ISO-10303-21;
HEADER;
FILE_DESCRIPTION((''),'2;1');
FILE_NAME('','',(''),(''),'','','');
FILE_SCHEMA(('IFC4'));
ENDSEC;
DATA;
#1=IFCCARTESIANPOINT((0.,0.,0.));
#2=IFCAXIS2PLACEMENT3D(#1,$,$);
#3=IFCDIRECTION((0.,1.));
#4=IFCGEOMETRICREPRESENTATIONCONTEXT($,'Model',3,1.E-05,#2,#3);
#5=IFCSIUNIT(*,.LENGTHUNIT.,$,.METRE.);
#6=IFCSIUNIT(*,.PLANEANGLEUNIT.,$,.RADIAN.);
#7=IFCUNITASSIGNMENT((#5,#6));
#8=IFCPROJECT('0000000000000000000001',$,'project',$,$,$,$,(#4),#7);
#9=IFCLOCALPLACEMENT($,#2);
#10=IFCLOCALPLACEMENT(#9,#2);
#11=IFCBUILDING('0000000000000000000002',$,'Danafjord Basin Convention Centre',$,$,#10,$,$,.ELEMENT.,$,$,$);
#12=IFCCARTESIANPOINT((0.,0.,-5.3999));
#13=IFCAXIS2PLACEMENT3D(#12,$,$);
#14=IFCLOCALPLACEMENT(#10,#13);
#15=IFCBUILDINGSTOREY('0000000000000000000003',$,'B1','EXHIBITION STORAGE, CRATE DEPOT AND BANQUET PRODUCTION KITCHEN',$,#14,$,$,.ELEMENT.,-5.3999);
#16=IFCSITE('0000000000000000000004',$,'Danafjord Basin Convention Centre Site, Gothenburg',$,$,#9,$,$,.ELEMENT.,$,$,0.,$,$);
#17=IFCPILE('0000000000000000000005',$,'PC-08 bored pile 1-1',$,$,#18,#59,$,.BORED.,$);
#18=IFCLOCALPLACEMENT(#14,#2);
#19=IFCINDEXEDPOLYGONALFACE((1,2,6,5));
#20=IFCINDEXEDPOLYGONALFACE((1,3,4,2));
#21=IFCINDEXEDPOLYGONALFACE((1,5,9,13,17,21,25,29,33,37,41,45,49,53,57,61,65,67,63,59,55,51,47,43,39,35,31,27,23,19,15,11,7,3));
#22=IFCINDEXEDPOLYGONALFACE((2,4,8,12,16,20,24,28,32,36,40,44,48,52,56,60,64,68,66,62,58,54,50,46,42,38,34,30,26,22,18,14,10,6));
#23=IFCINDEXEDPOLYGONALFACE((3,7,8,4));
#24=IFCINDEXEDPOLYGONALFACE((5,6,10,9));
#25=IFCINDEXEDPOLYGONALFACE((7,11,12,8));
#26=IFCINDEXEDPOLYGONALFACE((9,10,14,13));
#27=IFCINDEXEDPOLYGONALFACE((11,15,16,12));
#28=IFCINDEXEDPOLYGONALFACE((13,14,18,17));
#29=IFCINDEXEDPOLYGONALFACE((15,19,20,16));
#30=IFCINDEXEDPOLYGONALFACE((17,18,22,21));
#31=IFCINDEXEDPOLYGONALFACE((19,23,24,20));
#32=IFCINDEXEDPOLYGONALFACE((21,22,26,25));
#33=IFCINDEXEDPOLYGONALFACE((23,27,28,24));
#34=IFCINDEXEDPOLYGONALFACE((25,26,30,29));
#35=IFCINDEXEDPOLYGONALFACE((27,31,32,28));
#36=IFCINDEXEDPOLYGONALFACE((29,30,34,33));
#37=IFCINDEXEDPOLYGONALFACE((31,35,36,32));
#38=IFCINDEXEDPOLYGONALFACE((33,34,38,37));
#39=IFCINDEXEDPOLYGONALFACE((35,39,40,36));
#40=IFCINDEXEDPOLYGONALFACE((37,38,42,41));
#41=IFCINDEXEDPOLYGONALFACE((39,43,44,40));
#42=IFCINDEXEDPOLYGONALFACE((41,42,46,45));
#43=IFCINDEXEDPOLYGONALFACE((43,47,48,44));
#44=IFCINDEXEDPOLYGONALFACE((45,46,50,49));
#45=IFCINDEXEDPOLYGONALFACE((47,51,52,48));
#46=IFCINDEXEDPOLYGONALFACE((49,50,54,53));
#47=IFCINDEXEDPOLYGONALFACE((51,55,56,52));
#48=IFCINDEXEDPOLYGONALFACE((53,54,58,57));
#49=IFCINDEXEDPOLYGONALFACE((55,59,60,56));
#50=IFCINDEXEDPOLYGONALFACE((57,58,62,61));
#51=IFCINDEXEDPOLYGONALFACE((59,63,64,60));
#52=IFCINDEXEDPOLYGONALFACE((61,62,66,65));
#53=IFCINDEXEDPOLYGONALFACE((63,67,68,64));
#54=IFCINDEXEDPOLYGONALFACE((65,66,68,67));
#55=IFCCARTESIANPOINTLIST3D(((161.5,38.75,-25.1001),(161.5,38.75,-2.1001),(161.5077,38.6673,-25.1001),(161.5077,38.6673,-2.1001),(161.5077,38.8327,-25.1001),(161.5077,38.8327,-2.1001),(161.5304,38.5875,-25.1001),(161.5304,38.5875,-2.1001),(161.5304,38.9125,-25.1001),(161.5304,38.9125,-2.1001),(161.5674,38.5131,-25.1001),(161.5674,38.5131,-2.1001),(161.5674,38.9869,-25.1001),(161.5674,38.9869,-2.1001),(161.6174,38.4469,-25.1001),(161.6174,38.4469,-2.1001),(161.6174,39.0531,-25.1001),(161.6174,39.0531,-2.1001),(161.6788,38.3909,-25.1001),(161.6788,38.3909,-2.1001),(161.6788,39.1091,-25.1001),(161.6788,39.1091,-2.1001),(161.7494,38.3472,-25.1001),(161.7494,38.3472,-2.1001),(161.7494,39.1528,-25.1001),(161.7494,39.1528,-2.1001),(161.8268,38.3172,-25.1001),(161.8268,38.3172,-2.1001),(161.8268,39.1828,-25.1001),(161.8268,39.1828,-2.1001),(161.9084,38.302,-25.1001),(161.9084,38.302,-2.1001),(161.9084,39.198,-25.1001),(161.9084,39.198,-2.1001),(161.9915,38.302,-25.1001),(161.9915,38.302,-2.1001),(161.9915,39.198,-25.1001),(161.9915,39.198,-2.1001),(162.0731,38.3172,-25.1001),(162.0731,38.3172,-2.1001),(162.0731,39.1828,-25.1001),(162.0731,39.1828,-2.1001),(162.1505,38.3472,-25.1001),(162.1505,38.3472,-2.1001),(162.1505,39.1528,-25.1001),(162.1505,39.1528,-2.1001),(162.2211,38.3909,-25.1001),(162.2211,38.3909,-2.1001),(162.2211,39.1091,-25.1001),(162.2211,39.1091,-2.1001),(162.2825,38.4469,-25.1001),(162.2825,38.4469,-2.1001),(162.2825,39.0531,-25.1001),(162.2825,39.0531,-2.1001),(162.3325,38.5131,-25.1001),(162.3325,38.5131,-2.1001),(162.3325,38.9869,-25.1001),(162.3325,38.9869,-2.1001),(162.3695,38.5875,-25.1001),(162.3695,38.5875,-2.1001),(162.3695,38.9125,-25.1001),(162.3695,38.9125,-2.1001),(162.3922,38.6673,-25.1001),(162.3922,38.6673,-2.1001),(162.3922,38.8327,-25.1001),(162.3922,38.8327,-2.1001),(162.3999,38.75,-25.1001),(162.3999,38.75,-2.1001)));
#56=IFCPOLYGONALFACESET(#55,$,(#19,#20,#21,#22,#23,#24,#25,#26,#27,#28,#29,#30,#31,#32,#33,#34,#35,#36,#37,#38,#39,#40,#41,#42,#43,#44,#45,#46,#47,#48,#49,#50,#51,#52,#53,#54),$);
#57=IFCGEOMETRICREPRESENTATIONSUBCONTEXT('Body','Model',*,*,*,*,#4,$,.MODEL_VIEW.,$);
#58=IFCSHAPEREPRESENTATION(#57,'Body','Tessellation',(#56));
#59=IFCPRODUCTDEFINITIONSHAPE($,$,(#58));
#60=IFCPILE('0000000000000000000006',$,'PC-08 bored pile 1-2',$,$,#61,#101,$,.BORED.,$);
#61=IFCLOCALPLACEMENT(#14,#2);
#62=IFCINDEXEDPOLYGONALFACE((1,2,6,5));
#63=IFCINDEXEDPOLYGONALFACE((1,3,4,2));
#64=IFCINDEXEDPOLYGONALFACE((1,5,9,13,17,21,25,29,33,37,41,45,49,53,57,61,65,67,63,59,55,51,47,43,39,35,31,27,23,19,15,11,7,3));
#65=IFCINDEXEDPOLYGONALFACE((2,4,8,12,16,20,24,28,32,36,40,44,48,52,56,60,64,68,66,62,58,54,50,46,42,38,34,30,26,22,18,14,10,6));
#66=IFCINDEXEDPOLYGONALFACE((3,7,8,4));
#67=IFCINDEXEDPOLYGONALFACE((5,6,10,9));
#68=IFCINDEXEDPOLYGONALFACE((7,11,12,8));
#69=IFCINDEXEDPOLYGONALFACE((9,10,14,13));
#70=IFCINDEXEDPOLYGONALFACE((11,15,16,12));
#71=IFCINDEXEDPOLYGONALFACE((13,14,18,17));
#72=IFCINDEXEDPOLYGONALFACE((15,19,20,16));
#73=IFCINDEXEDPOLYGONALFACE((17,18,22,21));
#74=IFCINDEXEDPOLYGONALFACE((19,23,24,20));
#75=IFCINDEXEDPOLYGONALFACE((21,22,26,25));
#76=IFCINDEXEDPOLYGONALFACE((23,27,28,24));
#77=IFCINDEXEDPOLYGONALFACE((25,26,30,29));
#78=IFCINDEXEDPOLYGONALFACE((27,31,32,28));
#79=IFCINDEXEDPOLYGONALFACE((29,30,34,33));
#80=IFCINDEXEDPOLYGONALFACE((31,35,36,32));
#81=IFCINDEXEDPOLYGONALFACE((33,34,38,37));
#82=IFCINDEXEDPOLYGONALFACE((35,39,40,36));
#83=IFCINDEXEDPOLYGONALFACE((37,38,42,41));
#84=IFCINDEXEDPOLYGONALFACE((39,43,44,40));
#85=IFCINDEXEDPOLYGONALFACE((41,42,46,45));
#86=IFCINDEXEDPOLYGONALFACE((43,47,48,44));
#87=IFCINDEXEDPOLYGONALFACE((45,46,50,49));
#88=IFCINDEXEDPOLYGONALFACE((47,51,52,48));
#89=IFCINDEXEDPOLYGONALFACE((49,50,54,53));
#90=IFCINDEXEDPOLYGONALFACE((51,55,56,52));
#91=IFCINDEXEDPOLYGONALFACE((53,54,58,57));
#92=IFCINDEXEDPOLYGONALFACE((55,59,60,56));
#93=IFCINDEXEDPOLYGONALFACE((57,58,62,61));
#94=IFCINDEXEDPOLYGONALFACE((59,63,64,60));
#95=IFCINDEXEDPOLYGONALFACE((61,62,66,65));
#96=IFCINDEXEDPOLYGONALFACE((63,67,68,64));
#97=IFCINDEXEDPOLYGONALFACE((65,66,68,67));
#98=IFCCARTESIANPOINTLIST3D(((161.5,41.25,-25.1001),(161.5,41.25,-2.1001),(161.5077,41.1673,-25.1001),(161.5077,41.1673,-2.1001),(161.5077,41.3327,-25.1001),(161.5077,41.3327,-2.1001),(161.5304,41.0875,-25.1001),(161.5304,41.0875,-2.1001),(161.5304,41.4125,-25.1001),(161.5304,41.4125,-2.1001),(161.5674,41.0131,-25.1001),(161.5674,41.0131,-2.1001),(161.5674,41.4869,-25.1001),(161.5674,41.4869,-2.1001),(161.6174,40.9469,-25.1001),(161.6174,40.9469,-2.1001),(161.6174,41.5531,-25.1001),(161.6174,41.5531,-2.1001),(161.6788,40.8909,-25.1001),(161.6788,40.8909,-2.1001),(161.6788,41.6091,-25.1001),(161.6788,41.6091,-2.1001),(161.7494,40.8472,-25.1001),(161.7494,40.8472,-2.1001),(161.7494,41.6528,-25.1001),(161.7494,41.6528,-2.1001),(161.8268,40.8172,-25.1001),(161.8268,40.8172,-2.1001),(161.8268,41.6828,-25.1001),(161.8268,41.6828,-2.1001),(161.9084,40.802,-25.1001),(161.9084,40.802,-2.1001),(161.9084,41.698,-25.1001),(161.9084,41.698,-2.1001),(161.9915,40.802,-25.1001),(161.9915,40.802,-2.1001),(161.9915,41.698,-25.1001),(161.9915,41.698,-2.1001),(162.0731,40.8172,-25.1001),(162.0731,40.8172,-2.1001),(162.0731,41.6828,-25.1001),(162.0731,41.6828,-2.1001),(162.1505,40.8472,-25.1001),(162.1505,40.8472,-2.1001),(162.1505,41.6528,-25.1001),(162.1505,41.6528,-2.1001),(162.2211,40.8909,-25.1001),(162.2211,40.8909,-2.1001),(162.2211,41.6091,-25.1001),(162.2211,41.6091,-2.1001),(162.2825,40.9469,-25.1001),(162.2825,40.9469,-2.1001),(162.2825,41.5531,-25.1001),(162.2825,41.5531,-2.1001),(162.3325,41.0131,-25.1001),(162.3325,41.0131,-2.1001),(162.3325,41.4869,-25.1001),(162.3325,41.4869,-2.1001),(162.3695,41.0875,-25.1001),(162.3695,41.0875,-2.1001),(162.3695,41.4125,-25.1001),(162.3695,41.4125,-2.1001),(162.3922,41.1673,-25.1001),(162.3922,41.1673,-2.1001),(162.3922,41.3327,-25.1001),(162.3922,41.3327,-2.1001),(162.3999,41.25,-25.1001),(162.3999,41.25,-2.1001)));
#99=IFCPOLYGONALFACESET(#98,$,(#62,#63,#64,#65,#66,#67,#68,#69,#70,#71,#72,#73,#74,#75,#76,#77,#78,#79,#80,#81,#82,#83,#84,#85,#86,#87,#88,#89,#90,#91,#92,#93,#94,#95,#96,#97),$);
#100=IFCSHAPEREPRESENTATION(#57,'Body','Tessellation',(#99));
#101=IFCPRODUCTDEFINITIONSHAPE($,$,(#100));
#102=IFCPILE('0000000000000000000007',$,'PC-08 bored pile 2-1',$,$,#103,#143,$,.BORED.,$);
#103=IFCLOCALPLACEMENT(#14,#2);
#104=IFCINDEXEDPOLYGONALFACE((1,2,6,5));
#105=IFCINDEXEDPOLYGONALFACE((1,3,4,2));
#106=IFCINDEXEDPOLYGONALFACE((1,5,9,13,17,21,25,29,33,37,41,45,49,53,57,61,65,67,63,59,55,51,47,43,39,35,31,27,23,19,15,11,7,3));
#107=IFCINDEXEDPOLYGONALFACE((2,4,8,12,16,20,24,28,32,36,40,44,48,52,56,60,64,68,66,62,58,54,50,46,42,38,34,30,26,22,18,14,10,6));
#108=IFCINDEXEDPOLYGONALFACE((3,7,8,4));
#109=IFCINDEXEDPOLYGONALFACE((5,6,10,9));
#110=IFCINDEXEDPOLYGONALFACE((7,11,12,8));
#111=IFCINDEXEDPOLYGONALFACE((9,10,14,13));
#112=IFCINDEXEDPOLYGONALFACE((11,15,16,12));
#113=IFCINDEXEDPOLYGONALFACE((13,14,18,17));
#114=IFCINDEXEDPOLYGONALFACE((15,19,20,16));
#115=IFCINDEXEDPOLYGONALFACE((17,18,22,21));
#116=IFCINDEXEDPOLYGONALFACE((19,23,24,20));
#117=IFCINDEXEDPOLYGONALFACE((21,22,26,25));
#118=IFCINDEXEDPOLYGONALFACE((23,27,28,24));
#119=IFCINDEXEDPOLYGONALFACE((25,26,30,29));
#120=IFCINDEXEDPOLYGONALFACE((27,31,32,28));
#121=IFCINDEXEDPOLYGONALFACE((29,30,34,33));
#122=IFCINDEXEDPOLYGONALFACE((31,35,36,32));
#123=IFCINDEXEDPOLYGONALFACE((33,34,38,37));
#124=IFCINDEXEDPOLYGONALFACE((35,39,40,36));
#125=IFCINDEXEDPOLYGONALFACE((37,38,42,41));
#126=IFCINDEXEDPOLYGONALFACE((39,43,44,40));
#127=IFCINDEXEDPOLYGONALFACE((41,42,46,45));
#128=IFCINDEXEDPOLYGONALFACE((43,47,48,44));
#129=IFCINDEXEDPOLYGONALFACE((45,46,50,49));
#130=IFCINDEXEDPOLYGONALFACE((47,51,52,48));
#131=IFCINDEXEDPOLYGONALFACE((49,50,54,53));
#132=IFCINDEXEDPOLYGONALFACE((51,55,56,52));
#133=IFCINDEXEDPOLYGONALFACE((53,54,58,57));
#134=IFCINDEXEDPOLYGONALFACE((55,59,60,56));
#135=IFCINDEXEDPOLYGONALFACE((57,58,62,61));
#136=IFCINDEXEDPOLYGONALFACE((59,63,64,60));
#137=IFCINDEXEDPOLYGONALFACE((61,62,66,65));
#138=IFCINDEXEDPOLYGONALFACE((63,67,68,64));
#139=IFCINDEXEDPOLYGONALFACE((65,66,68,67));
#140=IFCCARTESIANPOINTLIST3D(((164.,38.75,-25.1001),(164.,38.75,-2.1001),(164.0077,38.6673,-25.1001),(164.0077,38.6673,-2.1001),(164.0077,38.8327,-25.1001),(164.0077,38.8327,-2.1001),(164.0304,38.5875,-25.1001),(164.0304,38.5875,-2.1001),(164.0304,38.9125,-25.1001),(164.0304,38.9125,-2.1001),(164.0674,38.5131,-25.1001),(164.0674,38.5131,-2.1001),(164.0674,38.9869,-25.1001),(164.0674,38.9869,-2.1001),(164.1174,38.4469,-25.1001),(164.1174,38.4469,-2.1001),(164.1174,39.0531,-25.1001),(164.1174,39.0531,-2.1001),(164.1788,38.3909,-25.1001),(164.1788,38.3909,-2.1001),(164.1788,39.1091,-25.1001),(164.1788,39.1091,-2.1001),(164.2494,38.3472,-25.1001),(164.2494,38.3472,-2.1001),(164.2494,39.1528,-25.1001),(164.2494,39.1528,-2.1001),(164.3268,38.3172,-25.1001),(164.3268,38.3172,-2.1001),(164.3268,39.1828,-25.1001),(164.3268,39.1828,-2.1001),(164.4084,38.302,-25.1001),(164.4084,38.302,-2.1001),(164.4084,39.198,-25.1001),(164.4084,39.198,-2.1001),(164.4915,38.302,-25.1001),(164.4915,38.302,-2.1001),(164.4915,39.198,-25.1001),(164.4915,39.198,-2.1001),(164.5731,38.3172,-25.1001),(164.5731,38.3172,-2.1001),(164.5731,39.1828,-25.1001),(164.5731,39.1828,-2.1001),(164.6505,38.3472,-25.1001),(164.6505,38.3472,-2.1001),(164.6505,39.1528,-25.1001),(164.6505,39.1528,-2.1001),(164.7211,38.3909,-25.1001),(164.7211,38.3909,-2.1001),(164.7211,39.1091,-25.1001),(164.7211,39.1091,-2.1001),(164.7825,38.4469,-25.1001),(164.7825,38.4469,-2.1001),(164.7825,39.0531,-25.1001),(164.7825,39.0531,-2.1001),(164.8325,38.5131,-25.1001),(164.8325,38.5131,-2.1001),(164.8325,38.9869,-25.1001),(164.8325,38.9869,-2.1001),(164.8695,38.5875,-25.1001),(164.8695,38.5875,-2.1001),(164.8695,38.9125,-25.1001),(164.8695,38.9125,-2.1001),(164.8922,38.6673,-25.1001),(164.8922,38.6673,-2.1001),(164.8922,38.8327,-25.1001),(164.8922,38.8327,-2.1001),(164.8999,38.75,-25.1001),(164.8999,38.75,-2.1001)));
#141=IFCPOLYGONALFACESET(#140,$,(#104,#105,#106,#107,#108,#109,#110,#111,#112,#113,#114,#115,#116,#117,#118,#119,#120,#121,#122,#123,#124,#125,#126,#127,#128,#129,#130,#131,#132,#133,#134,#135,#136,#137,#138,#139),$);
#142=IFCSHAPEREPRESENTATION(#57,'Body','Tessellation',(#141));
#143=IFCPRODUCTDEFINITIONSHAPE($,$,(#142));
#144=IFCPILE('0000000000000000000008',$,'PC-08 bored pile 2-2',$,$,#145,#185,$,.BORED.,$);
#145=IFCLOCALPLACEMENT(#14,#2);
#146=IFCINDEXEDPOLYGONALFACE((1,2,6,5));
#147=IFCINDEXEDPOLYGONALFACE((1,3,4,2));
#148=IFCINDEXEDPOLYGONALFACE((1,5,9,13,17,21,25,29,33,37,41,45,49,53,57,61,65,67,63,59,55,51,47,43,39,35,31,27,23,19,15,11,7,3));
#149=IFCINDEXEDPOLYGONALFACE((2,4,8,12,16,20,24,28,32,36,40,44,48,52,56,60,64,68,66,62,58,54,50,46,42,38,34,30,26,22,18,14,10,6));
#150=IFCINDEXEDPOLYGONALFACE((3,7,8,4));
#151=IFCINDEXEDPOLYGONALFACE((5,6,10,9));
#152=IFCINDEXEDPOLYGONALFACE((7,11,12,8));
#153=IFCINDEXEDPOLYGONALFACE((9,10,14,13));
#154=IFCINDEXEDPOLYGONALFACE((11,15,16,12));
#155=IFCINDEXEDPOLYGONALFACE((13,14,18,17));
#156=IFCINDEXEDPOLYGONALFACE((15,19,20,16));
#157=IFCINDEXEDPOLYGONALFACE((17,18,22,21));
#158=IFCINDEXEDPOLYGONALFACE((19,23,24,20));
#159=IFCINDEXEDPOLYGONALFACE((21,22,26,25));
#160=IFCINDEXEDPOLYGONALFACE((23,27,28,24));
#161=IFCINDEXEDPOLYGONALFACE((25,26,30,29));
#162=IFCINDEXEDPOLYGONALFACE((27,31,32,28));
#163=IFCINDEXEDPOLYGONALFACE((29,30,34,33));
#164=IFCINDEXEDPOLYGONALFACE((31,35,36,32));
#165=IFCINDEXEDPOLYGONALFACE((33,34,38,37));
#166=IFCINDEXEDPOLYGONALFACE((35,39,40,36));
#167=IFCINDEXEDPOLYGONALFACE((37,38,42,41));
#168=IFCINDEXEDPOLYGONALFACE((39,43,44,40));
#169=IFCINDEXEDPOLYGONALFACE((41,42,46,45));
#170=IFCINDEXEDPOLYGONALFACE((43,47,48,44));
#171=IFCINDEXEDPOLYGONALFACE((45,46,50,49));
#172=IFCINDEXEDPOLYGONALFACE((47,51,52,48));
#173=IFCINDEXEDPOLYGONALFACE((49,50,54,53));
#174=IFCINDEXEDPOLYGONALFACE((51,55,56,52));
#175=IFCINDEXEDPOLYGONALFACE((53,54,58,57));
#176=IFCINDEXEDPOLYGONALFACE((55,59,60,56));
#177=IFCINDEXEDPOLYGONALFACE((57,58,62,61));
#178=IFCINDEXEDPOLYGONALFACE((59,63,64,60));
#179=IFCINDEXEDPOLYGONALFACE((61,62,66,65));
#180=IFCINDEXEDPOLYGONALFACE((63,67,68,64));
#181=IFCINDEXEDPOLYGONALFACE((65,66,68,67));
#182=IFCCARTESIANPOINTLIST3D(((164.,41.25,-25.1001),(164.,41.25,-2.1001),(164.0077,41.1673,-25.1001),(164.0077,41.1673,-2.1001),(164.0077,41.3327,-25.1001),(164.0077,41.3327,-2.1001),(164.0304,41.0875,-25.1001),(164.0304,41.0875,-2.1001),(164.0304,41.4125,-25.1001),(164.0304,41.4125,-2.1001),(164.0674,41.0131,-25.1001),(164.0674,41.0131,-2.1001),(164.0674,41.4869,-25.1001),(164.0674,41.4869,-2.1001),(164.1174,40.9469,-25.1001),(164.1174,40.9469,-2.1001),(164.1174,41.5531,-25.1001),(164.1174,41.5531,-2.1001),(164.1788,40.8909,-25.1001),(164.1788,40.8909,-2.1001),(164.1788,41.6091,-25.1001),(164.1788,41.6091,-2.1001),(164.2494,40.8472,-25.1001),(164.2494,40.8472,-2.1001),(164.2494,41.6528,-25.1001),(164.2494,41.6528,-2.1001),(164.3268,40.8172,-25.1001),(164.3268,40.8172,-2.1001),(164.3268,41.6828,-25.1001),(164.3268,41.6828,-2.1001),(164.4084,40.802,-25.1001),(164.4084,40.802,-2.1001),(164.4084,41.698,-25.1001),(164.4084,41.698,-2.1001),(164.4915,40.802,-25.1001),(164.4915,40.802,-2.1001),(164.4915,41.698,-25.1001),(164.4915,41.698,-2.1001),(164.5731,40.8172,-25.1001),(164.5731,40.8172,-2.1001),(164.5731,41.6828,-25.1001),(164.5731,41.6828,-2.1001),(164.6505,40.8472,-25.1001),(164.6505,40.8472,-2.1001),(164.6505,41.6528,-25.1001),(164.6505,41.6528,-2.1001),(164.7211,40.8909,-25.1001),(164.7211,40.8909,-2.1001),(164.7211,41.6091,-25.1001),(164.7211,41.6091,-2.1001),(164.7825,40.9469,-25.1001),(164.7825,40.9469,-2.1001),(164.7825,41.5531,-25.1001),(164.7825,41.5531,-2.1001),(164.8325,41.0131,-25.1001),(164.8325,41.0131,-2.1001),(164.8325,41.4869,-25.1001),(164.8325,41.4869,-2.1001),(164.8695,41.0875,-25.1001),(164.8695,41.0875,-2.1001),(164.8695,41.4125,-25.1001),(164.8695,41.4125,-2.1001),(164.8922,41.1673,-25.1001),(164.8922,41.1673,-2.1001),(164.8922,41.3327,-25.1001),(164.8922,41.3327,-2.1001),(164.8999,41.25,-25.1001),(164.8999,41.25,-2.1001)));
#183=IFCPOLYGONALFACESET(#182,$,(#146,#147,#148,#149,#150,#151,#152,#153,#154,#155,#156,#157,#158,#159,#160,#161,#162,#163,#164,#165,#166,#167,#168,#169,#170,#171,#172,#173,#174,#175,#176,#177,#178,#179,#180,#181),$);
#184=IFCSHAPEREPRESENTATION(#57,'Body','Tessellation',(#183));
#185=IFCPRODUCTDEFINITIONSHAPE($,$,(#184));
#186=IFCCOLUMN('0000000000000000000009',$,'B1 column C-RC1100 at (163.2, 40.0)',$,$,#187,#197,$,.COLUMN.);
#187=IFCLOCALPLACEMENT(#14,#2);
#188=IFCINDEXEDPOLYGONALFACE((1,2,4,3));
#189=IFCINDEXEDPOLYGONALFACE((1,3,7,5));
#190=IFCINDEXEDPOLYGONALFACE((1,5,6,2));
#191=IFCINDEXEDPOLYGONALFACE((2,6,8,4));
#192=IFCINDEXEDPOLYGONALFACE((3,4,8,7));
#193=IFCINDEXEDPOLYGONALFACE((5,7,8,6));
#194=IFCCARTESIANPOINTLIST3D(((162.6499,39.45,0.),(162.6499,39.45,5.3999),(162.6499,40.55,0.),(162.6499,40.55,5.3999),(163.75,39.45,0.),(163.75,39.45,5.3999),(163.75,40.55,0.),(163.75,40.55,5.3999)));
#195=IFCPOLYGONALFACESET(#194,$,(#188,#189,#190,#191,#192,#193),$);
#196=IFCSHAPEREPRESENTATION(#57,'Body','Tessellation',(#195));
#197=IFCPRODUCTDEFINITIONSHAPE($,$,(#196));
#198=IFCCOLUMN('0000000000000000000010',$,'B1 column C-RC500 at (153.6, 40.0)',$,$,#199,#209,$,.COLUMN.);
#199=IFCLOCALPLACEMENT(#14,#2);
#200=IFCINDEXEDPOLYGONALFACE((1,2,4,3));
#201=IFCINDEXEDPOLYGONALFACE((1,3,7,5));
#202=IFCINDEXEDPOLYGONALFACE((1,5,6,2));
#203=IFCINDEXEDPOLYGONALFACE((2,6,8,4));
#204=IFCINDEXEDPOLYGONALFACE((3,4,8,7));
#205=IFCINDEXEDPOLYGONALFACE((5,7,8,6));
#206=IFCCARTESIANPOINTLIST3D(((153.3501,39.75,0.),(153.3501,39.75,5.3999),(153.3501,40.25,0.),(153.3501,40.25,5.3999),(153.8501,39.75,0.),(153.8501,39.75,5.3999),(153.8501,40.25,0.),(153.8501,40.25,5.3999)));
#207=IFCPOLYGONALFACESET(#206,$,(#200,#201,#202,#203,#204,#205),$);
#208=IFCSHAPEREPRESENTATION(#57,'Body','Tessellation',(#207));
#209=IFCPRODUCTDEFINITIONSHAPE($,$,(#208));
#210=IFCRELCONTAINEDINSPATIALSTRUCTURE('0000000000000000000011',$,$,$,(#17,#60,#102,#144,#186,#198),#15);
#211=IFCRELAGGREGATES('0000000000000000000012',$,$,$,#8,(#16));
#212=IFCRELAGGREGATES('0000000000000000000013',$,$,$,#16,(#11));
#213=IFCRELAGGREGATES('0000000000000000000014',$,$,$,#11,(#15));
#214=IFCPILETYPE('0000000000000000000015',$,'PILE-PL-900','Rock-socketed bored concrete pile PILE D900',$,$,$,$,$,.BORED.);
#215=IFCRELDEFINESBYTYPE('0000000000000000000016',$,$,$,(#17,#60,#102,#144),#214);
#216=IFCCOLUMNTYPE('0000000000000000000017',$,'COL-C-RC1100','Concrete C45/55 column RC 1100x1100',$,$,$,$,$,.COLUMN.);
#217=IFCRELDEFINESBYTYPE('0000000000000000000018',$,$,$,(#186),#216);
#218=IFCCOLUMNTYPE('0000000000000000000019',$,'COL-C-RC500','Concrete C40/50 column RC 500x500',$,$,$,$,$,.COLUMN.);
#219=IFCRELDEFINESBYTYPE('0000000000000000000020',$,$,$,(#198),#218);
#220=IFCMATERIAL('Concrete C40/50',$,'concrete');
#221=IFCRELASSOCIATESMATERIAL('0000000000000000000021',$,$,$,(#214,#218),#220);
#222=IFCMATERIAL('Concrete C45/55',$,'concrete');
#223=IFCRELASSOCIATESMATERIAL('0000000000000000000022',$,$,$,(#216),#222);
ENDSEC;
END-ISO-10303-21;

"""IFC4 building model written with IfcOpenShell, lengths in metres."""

from ifc_helpers import new_model, si_unit, direction, frame, origin, origin_2d, place, context, subcontext, project, spatial, rectangle, circle, extrude, material, material_profile, profile_set, type_object, element, save


model = new_model("IFC4")

# Units and contexts
model_context = context("Model", 3, precision=1e-05, world=origin(), true_north=direction((0.0, 1.0)))
body_context = subcontext(model_context, "Body", "Model", "MODEL_VIEW")
ifc_project = project(units=[si_unit("LENGTHUNIT", "METRE"), si_unit("PLANEANGLEUNIT", "RADIAN")], contexts=[model_context])

# Site, building, storey
site_placement = place(None, origin())
site = spatial("IfcSite", under=ifc_project, at=site_placement, Name="Danafjord Basin Convention Centre Site, Gothenburg", CompositionType="ELEMENT", RefElevation=0.0)
building_placement = place(site_placement, origin())
building = spatial("IfcBuilding", under=site, at=building_placement, Name="Danafjord Basin Convention Centre", CompositionType="ELEMENT")
storey_placement = place(building_placement, frame((0.0, 0.0, -5.3999)))
storey = spatial("IfcBuildingStorey", under=building, at=storey_placement, Name="B1", Description="EXHIBITION STORAGE, CRATE DEPOT AND BANQUET PRODUCTION KITCHEN", CompositionType="ELEMENT", Elevation=-5.3999)

# Shared definitions
ifc_material_1 = material(Name="Concrete C40/50", Category="concrete")

# Piles
ifc_material_profile_1 = material_profile(ifc_material_1, circle(Radius=0.45, at=origin_2d()), Name="PILE D900")
ifc_profile_set_1 = profile_set([ifc_material_profile_1], Name="Concrete C40/50")
pile_type_1 = type_object("IfcPileType", Name="PILE-PL-900", Description="Rock-socketed bored concrete pile PILE D900", PredefinedType="BORED", material=ifc_profile_set_1)
for number, where, z_axis, x_axis, name in (
    (1, (161.95, 38.75, -2.1001), (0.0, 0.0, -1.0), (1.0, 0.0, 0.0), "PC-08 bored pile 1-1"),
    (2, (161.95, 41.25, -2.1001), (0.0, 0.0, -1.0), (1.0, 0.0, 0.0), "PC-08 bored pile 1-2"),
    (3, (164.45, 38.75, -2.1001), (0.0, 0.0, -1.0), (1.0, 0.0, 0.0), "PC-08 bored pile 2-1"),
    (4, (164.45, 41.25, -2.1001), (0.0, 0.0, -1.0), (1.0, 0.0, 0.0), "PC-08 bored pile 2-2"),
):
    element("IfcPile", number, at=place(storey_placement, frame(where, z_axis=z_axis, x_axis=x_axis)), inside=storey, type_object=pile_type_1, Name=name, PredefinedType="BORED", context=body_context, shape_type="SweptSolid", body=[
        extrude(circle(Radius=0.45, at=origin_2d()), origin(), (0.0, 0.0, 1.0), 23.0),
    ])

# Columns
ifc_material_2 = material(Name="Concrete C45/55", Category="concrete")
ifc_material_profile_2 = material_profile(ifc_material_2, rectangle(XDim=1.1001, YDim=1.1001, at=origin_2d()), Name="RC 1100x1100")
ifc_profile_set_2 = profile_set([ifc_material_profile_2], Name="Concrete C45/55")
column_type_1 = type_object("IfcColumnType", Name="COL-C-RC1100", Description="Concrete C45/55 column RC 1100x1100", PredefinedType="COLUMN", material=ifc_profile_set_2)
column_1_placement = place(storey_placement, frame((163.2, 40.0, 0.0), z_axis=(0.0, 0.0, 1.0), x_axis=(1.0, 0.0, 0.0)))
element("IfcColumn", 5, at=column_1_placement, inside=storey, type_object=column_type_1, Name="B1 column C-RC1100 at (163.2, 40.0)", PredefinedType="COLUMN", context=body_context, shape_type="SweptSolid", body=[
    extrude(rectangle(XDim=1.1001, YDim=1.1001, at=origin_2d()), origin(), (0.0, 0.0, 1.0), 5.3999),
])
ifc_material_profile_3 = material_profile(ifc_material_1, rectangle(XDim=0.5, YDim=0.5, at=origin_2d()), Name="RC 500x500")
ifc_profile_set_3 = profile_set([ifc_material_profile_3], Name="Concrete C40/50")
column_type_2 = type_object("IfcColumnType", Name="COL-C-RC500", Description="Concrete C40/50 column RC 500x500", PredefinedType="COLUMN", material=ifc_profile_set_3)
column_2_placement = place(storey_placement, frame((153.6001, 40.0, 0.0), z_axis=(0.0, 0.0, 1.0), x_axis=(1.0, 0.0, 0.0)))
element("IfcColumn", 6, at=column_2_placement, inside=storey, type_object=column_type_2, Name="B1 column C-RC500 at (153.6, 40.0)", PredefinedType="COLUMN", context=body_context, shape_type="SweptSolid", body=[
    extrude(rectangle(XDim=0.5, YDim=0.5, at=origin_2d()), origin(), (0.0, 0.0, 1.0), 5.3999),
])

save(model, "model.ifc")
